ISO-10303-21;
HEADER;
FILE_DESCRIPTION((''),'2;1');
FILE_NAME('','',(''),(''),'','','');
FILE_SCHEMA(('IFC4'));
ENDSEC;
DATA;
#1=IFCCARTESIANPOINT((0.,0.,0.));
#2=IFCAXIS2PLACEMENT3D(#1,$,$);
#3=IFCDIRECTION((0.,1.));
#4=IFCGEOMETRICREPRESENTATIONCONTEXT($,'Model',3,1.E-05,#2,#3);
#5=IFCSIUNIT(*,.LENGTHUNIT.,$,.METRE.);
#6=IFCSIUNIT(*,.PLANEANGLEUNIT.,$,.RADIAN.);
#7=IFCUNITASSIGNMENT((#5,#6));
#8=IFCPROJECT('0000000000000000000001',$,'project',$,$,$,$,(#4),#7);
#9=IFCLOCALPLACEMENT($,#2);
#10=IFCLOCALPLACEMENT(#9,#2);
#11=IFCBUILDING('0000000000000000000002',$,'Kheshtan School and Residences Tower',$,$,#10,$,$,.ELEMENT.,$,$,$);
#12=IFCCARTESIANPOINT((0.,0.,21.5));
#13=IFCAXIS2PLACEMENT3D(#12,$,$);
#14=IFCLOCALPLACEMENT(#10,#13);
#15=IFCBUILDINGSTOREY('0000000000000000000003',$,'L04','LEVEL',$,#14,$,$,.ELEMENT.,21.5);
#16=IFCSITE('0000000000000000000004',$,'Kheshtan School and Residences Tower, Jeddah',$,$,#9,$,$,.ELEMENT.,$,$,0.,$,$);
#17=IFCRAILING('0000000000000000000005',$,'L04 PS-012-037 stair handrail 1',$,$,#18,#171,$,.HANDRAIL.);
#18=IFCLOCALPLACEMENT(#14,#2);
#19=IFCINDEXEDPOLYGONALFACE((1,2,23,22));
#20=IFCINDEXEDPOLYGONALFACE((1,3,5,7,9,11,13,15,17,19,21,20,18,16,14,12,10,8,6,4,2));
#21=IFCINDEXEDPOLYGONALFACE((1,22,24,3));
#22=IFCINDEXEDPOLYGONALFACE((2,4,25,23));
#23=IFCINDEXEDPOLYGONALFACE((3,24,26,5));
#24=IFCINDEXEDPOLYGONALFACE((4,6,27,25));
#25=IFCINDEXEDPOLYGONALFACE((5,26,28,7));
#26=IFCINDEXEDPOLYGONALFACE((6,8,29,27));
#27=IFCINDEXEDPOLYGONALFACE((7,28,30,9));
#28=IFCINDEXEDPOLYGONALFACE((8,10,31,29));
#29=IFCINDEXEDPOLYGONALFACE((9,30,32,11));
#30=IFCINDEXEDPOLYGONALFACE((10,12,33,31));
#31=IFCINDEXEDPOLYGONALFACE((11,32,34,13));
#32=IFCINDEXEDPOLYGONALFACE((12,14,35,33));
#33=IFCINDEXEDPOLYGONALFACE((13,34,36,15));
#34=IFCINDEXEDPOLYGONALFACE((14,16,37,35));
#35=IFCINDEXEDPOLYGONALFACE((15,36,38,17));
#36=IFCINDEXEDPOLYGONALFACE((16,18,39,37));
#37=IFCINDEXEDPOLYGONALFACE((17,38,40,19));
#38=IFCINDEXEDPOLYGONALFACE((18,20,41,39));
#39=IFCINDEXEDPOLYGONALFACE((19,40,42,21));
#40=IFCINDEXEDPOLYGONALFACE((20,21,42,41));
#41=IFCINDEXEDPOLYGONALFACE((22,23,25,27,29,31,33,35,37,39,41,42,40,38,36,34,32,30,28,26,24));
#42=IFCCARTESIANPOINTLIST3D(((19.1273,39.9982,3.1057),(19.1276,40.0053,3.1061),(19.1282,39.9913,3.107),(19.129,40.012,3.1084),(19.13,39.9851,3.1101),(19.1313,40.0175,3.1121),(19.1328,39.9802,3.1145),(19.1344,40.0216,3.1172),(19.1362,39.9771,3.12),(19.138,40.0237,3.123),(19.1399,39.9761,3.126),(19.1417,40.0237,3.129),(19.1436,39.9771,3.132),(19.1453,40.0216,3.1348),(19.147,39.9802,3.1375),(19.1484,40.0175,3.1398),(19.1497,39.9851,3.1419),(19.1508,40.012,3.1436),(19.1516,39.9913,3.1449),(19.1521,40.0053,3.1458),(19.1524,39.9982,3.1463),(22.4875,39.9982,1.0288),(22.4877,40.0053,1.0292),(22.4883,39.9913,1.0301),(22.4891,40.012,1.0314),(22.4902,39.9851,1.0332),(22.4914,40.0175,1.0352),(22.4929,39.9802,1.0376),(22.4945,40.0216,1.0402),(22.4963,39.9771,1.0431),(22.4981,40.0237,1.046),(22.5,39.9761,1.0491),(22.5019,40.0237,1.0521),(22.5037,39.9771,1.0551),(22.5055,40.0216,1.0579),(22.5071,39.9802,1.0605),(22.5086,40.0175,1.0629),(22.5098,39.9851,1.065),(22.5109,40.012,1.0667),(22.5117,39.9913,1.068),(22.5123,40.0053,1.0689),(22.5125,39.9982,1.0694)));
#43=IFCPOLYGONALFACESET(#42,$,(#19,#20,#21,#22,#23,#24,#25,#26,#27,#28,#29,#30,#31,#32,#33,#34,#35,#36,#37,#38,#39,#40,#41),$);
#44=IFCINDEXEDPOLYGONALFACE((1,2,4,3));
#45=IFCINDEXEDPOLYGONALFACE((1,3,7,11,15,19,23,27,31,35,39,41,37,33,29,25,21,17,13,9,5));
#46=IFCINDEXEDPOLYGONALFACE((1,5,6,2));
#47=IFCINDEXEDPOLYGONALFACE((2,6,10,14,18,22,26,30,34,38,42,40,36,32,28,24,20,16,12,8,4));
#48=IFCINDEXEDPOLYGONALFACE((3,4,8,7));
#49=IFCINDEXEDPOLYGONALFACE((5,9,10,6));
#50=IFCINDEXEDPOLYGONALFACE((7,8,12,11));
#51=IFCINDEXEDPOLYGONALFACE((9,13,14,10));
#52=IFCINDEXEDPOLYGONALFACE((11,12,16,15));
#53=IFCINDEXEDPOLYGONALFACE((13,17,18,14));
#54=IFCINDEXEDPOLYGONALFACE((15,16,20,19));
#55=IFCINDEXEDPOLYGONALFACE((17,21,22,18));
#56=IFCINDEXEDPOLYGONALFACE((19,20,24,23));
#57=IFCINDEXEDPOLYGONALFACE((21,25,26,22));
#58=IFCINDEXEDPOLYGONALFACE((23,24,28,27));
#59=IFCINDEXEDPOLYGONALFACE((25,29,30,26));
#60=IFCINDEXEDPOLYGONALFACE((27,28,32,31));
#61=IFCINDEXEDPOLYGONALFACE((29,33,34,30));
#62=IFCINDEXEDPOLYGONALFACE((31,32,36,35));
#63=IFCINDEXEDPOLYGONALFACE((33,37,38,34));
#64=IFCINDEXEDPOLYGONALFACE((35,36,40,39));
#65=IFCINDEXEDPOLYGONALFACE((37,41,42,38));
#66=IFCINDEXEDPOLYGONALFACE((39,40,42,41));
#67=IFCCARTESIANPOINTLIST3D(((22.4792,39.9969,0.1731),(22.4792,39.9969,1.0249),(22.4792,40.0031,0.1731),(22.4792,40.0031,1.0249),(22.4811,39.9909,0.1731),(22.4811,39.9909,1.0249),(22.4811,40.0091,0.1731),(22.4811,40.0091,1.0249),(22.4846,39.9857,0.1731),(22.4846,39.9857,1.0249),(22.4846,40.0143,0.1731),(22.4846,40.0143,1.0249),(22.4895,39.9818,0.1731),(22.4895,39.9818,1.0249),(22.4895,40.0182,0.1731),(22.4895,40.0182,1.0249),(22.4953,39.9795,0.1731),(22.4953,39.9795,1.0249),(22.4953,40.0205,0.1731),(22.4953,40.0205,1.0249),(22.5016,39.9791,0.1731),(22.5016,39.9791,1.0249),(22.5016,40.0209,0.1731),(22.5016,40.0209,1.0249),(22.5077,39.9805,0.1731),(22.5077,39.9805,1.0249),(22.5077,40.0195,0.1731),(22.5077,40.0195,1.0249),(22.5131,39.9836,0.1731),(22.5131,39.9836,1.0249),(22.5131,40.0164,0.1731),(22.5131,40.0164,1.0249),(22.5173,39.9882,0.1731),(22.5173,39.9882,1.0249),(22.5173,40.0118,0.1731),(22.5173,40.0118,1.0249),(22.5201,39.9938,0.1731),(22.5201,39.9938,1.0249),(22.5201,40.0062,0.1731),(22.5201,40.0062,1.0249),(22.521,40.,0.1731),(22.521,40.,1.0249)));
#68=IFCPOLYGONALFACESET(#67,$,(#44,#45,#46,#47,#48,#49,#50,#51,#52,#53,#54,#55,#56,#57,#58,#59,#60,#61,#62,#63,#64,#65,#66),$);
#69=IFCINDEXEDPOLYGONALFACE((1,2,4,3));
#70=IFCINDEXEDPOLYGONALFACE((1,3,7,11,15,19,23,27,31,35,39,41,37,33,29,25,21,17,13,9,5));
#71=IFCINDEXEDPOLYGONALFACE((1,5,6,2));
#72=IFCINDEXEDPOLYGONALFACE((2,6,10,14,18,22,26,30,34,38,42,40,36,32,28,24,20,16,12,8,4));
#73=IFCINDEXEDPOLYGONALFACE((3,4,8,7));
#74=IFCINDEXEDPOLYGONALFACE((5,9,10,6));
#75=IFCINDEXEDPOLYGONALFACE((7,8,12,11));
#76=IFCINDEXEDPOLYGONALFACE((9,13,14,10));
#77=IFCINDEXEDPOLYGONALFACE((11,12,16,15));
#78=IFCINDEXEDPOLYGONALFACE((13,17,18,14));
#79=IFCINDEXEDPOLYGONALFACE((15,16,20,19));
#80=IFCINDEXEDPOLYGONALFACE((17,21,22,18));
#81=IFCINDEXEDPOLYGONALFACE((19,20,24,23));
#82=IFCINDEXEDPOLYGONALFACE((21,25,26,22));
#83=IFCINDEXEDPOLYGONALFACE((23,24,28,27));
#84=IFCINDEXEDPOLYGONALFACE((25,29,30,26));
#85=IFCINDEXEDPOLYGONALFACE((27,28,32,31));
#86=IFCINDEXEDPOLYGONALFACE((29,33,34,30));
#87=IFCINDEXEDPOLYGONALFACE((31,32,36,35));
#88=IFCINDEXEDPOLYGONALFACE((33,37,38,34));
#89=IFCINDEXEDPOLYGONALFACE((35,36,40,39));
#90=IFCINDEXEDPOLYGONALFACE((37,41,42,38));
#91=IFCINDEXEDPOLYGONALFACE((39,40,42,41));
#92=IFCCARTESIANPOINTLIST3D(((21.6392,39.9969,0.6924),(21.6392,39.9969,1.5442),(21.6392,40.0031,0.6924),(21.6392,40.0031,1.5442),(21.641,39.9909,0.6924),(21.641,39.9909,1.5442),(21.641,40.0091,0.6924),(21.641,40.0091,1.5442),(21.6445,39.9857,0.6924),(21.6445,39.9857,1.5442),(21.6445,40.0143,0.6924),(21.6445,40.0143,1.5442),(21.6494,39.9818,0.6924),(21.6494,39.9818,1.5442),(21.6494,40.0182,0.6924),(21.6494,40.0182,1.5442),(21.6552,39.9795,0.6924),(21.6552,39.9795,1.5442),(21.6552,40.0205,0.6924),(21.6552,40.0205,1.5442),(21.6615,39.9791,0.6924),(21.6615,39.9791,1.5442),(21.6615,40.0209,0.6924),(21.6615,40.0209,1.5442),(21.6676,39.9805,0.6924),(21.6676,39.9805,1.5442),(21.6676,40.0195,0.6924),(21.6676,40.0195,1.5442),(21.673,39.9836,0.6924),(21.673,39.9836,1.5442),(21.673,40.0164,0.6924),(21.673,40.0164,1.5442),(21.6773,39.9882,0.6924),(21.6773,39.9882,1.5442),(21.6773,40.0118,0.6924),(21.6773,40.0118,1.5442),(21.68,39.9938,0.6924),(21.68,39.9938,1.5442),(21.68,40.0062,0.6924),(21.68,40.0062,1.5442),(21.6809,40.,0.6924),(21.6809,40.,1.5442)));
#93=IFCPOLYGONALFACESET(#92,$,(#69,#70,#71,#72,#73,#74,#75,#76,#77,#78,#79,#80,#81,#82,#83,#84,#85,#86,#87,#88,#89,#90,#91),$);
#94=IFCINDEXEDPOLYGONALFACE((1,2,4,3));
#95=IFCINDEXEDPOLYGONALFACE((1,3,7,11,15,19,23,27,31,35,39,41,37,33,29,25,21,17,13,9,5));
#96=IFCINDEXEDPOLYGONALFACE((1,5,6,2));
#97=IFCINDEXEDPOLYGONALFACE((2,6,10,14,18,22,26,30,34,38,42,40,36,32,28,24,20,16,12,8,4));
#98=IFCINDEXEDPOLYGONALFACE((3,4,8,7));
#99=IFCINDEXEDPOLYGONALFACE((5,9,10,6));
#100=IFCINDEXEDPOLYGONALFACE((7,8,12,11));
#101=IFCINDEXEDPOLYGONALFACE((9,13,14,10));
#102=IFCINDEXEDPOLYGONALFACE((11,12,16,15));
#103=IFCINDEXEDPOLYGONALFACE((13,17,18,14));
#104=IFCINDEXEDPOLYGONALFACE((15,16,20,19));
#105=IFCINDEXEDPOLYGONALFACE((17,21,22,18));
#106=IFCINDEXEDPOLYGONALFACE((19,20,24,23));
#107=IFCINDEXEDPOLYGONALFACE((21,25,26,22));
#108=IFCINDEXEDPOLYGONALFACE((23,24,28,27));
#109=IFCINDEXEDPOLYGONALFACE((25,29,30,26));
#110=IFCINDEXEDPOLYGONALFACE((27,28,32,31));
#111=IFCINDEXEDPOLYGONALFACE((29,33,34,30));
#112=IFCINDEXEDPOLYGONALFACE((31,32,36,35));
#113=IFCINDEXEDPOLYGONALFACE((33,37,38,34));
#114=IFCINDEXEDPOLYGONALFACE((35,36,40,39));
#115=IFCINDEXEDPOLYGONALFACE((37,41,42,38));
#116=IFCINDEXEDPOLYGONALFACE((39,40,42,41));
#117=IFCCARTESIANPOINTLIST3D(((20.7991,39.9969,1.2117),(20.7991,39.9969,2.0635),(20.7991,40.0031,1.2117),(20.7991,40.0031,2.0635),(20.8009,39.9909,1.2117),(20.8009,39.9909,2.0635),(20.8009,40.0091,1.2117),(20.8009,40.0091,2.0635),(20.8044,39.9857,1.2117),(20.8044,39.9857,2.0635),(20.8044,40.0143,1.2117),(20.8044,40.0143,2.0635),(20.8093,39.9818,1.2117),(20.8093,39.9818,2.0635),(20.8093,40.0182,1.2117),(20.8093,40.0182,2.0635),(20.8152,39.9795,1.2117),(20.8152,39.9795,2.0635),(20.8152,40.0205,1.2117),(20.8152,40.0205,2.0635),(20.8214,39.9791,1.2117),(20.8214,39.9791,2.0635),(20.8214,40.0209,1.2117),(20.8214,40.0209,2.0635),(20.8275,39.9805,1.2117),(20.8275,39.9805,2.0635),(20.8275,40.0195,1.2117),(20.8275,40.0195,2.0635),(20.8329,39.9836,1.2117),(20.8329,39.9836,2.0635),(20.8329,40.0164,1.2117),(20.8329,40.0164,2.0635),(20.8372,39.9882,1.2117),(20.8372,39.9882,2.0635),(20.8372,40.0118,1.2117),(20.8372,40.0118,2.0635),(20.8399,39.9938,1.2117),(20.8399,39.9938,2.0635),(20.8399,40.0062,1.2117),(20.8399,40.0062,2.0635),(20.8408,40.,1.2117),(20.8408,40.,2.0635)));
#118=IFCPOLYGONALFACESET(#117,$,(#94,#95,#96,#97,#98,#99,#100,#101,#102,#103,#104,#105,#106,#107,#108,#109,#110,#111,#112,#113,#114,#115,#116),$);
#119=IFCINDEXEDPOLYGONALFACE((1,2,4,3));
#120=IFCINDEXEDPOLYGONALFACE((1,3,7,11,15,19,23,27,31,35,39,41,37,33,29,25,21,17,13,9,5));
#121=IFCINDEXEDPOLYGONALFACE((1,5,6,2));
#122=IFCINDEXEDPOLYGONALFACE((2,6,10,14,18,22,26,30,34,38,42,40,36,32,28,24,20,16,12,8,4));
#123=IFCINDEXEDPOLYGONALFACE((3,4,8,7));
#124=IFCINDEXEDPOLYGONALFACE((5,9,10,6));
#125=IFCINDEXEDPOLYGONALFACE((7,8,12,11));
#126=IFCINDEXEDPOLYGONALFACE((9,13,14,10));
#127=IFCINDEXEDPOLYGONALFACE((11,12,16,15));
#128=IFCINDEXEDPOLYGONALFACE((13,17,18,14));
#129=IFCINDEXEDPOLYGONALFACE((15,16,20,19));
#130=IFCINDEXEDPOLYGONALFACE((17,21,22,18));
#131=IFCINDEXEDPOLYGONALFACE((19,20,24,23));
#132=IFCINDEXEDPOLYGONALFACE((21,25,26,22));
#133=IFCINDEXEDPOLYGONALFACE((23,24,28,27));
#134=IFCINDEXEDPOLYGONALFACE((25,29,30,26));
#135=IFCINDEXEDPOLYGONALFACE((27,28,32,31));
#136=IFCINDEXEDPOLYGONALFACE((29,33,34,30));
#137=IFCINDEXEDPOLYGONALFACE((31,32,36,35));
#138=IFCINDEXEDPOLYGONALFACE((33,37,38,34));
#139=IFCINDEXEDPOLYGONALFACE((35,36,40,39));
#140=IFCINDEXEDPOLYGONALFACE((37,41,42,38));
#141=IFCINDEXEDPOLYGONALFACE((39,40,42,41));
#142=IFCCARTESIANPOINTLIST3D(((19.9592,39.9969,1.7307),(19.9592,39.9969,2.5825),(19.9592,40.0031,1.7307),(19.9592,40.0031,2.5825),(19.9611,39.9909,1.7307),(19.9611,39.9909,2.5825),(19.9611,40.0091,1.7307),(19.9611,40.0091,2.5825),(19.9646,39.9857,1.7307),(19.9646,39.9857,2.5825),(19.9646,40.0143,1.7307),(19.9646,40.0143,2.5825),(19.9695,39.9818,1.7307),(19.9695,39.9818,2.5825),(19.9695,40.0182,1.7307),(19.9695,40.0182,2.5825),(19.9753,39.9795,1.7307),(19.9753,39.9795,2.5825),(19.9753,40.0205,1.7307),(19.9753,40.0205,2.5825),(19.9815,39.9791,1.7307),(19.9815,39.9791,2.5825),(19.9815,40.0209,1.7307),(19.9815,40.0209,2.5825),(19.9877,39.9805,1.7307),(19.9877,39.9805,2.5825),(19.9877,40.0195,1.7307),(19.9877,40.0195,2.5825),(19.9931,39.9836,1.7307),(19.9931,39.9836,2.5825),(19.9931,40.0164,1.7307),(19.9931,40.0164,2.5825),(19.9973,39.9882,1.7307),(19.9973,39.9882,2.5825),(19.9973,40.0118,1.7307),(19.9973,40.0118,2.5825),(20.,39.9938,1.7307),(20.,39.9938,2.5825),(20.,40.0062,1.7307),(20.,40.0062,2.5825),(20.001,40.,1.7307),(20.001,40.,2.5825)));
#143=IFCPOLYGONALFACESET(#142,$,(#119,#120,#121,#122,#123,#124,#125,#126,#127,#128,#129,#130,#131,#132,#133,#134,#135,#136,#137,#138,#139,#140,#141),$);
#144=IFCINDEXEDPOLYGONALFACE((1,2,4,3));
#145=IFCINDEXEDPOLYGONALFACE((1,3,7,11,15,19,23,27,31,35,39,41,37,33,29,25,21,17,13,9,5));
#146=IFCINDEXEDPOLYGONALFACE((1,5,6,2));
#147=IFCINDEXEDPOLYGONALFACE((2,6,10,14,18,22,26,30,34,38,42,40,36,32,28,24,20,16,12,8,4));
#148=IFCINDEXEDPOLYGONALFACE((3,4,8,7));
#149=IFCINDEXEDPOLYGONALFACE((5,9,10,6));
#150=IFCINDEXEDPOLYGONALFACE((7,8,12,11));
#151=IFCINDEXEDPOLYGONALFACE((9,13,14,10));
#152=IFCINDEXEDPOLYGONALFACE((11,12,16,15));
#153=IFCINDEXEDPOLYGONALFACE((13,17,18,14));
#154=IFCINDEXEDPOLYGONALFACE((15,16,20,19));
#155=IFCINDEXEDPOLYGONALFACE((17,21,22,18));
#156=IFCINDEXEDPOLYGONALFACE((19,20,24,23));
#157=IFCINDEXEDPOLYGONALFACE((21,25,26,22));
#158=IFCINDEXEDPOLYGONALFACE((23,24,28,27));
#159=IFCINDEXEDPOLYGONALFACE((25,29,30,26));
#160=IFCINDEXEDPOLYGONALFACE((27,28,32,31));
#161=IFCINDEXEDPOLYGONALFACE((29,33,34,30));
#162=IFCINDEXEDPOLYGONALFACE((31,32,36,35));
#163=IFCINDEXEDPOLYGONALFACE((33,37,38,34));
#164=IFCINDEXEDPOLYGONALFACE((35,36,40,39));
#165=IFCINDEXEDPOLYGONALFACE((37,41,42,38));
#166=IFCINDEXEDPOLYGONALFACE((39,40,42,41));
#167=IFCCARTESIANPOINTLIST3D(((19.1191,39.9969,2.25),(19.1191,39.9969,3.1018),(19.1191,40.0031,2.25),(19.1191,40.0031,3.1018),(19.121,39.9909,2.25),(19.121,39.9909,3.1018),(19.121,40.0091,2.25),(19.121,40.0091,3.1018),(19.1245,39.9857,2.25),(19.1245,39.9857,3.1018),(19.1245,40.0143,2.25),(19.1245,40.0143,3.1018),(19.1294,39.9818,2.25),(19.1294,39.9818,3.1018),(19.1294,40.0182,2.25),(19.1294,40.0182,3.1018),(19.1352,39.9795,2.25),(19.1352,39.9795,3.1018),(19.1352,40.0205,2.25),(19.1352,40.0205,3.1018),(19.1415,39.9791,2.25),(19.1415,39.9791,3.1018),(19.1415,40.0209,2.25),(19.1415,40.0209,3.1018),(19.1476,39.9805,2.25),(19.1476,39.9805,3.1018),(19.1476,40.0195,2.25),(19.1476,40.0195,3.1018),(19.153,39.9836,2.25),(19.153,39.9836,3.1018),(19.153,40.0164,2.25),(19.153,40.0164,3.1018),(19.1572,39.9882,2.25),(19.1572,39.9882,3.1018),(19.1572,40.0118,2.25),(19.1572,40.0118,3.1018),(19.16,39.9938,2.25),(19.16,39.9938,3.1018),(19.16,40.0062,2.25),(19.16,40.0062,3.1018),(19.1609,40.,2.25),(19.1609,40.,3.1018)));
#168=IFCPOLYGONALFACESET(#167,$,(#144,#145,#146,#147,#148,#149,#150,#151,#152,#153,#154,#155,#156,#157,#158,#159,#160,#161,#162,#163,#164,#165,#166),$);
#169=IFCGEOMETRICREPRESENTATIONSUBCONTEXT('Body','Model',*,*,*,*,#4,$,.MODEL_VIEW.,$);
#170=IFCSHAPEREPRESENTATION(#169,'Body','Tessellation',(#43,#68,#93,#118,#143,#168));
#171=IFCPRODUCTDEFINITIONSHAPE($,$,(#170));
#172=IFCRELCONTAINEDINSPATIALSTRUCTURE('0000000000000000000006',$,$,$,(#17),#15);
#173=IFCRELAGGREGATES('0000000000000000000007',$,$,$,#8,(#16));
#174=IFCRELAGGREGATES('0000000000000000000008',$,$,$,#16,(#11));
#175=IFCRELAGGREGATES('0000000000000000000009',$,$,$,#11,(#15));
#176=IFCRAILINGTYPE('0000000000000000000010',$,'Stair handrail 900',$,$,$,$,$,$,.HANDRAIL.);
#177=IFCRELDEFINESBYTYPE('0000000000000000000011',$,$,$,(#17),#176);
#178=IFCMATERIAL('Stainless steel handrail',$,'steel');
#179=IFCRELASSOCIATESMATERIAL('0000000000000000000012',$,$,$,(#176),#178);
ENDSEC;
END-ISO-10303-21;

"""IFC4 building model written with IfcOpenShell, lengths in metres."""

from ifc_helpers import new_model, si_unit, direction, frame, origin, origin_2d, place, context, subcontext, project, spatial, circle, extrude, material, type_object, element, save


model = new_model("IFC4")

# Units and contexts
model_context = context("Model", 3, precision=1e-05, world=origin(), true_north=direction((0.0, 1.0)))
body_context = subcontext(model_context, "Body", "Model", "MODEL_VIEW")
ifc_project = project(units=[si_unit("LENGTHUNIT", "METRE"), si_unit("PLANEANGLEUNIT", "RADIAN")], contexts=[model_context])

# Site, building, storey
site_placement = place(None, origin())
site = spatial("IfcSite", under=ifc_project, at=site_placement, Name="Kheshtan School and Residences Tower, Jeddah", CompositionType="ELEMENT", RefElevation=0.0)
building_placement = place(site_placement, origin())
building = spatial("IfcBuilding", under=site, at=building_placement, Name="Kheshtan School and Residences Tower", CompositionType="ELEMENT")
storey_placement = place(building_placement, frame((0.0, 0.0, 21.5)))
storey = spatial("IfcBuildingStorey", under=building, at=storey_placement, Name="L04", Description="LEVEL", CompositionType="ELEMENT", Elevation=21.5)

# Railing
ifc_material_1 = material(Name="Stainless steel handrail", Category="steel")
railing_type_1 = type_object("IfcRailingType", Name="Stair handrail 900", PredefinedType="HANDRAIL", material=ifc_material_1)
railing_1_placement = place(storey_placement, frame((22.5, 40.0, 0.1731)))
element("IfcRailing", 1, at=railing_1_placement, inside=storey, type_object=railing_type_1, Name="L04 PS-012-037 stair handrail 1", PredefinedType="HANDRAIL", context=body_context, shape_type="SweptSolid", body=[
    extrude(circle(Radius=0.0239, at=origin_2d()), frame((0.0, 0.0, 0.876), z_axis=(-0.850623, 0.0, 0.525776), x_axis=(0.0, -1.0, 0.0)), (0.0, 0.0, 1.0), 3.9502),
    extrude(circle(Radius=0.021, at=origin_2d()), origin(), (0.0, 0.0, 1.0), 0.8518),
    extrude(circle(Radius=0.021, at=origin_2d()), frame((-0.8401, 0.0, 0.5193)), (0.0, 0.0, 1.0), 0.8518),
    extrude(circle(Radius=0.021, at=origin_2d()), frame((-1.6802, 0.0, 1.0386)), (0.0, 0.0, 1.0), 0.8518),
    extrude(circle(Radius=0.021, at=origin_2d()), frame((-2.52, 0.0, 1.5576)), (0.0, 0.0, 1.0), 0.8518),
    extrude(circle(Radius=0.021, at=origin_2d()), frame((-3.3601, 0.0, 2.0769)), (0.0, 0.0, 1.0), 0.8518),
])

save(model, "model.ifc")
